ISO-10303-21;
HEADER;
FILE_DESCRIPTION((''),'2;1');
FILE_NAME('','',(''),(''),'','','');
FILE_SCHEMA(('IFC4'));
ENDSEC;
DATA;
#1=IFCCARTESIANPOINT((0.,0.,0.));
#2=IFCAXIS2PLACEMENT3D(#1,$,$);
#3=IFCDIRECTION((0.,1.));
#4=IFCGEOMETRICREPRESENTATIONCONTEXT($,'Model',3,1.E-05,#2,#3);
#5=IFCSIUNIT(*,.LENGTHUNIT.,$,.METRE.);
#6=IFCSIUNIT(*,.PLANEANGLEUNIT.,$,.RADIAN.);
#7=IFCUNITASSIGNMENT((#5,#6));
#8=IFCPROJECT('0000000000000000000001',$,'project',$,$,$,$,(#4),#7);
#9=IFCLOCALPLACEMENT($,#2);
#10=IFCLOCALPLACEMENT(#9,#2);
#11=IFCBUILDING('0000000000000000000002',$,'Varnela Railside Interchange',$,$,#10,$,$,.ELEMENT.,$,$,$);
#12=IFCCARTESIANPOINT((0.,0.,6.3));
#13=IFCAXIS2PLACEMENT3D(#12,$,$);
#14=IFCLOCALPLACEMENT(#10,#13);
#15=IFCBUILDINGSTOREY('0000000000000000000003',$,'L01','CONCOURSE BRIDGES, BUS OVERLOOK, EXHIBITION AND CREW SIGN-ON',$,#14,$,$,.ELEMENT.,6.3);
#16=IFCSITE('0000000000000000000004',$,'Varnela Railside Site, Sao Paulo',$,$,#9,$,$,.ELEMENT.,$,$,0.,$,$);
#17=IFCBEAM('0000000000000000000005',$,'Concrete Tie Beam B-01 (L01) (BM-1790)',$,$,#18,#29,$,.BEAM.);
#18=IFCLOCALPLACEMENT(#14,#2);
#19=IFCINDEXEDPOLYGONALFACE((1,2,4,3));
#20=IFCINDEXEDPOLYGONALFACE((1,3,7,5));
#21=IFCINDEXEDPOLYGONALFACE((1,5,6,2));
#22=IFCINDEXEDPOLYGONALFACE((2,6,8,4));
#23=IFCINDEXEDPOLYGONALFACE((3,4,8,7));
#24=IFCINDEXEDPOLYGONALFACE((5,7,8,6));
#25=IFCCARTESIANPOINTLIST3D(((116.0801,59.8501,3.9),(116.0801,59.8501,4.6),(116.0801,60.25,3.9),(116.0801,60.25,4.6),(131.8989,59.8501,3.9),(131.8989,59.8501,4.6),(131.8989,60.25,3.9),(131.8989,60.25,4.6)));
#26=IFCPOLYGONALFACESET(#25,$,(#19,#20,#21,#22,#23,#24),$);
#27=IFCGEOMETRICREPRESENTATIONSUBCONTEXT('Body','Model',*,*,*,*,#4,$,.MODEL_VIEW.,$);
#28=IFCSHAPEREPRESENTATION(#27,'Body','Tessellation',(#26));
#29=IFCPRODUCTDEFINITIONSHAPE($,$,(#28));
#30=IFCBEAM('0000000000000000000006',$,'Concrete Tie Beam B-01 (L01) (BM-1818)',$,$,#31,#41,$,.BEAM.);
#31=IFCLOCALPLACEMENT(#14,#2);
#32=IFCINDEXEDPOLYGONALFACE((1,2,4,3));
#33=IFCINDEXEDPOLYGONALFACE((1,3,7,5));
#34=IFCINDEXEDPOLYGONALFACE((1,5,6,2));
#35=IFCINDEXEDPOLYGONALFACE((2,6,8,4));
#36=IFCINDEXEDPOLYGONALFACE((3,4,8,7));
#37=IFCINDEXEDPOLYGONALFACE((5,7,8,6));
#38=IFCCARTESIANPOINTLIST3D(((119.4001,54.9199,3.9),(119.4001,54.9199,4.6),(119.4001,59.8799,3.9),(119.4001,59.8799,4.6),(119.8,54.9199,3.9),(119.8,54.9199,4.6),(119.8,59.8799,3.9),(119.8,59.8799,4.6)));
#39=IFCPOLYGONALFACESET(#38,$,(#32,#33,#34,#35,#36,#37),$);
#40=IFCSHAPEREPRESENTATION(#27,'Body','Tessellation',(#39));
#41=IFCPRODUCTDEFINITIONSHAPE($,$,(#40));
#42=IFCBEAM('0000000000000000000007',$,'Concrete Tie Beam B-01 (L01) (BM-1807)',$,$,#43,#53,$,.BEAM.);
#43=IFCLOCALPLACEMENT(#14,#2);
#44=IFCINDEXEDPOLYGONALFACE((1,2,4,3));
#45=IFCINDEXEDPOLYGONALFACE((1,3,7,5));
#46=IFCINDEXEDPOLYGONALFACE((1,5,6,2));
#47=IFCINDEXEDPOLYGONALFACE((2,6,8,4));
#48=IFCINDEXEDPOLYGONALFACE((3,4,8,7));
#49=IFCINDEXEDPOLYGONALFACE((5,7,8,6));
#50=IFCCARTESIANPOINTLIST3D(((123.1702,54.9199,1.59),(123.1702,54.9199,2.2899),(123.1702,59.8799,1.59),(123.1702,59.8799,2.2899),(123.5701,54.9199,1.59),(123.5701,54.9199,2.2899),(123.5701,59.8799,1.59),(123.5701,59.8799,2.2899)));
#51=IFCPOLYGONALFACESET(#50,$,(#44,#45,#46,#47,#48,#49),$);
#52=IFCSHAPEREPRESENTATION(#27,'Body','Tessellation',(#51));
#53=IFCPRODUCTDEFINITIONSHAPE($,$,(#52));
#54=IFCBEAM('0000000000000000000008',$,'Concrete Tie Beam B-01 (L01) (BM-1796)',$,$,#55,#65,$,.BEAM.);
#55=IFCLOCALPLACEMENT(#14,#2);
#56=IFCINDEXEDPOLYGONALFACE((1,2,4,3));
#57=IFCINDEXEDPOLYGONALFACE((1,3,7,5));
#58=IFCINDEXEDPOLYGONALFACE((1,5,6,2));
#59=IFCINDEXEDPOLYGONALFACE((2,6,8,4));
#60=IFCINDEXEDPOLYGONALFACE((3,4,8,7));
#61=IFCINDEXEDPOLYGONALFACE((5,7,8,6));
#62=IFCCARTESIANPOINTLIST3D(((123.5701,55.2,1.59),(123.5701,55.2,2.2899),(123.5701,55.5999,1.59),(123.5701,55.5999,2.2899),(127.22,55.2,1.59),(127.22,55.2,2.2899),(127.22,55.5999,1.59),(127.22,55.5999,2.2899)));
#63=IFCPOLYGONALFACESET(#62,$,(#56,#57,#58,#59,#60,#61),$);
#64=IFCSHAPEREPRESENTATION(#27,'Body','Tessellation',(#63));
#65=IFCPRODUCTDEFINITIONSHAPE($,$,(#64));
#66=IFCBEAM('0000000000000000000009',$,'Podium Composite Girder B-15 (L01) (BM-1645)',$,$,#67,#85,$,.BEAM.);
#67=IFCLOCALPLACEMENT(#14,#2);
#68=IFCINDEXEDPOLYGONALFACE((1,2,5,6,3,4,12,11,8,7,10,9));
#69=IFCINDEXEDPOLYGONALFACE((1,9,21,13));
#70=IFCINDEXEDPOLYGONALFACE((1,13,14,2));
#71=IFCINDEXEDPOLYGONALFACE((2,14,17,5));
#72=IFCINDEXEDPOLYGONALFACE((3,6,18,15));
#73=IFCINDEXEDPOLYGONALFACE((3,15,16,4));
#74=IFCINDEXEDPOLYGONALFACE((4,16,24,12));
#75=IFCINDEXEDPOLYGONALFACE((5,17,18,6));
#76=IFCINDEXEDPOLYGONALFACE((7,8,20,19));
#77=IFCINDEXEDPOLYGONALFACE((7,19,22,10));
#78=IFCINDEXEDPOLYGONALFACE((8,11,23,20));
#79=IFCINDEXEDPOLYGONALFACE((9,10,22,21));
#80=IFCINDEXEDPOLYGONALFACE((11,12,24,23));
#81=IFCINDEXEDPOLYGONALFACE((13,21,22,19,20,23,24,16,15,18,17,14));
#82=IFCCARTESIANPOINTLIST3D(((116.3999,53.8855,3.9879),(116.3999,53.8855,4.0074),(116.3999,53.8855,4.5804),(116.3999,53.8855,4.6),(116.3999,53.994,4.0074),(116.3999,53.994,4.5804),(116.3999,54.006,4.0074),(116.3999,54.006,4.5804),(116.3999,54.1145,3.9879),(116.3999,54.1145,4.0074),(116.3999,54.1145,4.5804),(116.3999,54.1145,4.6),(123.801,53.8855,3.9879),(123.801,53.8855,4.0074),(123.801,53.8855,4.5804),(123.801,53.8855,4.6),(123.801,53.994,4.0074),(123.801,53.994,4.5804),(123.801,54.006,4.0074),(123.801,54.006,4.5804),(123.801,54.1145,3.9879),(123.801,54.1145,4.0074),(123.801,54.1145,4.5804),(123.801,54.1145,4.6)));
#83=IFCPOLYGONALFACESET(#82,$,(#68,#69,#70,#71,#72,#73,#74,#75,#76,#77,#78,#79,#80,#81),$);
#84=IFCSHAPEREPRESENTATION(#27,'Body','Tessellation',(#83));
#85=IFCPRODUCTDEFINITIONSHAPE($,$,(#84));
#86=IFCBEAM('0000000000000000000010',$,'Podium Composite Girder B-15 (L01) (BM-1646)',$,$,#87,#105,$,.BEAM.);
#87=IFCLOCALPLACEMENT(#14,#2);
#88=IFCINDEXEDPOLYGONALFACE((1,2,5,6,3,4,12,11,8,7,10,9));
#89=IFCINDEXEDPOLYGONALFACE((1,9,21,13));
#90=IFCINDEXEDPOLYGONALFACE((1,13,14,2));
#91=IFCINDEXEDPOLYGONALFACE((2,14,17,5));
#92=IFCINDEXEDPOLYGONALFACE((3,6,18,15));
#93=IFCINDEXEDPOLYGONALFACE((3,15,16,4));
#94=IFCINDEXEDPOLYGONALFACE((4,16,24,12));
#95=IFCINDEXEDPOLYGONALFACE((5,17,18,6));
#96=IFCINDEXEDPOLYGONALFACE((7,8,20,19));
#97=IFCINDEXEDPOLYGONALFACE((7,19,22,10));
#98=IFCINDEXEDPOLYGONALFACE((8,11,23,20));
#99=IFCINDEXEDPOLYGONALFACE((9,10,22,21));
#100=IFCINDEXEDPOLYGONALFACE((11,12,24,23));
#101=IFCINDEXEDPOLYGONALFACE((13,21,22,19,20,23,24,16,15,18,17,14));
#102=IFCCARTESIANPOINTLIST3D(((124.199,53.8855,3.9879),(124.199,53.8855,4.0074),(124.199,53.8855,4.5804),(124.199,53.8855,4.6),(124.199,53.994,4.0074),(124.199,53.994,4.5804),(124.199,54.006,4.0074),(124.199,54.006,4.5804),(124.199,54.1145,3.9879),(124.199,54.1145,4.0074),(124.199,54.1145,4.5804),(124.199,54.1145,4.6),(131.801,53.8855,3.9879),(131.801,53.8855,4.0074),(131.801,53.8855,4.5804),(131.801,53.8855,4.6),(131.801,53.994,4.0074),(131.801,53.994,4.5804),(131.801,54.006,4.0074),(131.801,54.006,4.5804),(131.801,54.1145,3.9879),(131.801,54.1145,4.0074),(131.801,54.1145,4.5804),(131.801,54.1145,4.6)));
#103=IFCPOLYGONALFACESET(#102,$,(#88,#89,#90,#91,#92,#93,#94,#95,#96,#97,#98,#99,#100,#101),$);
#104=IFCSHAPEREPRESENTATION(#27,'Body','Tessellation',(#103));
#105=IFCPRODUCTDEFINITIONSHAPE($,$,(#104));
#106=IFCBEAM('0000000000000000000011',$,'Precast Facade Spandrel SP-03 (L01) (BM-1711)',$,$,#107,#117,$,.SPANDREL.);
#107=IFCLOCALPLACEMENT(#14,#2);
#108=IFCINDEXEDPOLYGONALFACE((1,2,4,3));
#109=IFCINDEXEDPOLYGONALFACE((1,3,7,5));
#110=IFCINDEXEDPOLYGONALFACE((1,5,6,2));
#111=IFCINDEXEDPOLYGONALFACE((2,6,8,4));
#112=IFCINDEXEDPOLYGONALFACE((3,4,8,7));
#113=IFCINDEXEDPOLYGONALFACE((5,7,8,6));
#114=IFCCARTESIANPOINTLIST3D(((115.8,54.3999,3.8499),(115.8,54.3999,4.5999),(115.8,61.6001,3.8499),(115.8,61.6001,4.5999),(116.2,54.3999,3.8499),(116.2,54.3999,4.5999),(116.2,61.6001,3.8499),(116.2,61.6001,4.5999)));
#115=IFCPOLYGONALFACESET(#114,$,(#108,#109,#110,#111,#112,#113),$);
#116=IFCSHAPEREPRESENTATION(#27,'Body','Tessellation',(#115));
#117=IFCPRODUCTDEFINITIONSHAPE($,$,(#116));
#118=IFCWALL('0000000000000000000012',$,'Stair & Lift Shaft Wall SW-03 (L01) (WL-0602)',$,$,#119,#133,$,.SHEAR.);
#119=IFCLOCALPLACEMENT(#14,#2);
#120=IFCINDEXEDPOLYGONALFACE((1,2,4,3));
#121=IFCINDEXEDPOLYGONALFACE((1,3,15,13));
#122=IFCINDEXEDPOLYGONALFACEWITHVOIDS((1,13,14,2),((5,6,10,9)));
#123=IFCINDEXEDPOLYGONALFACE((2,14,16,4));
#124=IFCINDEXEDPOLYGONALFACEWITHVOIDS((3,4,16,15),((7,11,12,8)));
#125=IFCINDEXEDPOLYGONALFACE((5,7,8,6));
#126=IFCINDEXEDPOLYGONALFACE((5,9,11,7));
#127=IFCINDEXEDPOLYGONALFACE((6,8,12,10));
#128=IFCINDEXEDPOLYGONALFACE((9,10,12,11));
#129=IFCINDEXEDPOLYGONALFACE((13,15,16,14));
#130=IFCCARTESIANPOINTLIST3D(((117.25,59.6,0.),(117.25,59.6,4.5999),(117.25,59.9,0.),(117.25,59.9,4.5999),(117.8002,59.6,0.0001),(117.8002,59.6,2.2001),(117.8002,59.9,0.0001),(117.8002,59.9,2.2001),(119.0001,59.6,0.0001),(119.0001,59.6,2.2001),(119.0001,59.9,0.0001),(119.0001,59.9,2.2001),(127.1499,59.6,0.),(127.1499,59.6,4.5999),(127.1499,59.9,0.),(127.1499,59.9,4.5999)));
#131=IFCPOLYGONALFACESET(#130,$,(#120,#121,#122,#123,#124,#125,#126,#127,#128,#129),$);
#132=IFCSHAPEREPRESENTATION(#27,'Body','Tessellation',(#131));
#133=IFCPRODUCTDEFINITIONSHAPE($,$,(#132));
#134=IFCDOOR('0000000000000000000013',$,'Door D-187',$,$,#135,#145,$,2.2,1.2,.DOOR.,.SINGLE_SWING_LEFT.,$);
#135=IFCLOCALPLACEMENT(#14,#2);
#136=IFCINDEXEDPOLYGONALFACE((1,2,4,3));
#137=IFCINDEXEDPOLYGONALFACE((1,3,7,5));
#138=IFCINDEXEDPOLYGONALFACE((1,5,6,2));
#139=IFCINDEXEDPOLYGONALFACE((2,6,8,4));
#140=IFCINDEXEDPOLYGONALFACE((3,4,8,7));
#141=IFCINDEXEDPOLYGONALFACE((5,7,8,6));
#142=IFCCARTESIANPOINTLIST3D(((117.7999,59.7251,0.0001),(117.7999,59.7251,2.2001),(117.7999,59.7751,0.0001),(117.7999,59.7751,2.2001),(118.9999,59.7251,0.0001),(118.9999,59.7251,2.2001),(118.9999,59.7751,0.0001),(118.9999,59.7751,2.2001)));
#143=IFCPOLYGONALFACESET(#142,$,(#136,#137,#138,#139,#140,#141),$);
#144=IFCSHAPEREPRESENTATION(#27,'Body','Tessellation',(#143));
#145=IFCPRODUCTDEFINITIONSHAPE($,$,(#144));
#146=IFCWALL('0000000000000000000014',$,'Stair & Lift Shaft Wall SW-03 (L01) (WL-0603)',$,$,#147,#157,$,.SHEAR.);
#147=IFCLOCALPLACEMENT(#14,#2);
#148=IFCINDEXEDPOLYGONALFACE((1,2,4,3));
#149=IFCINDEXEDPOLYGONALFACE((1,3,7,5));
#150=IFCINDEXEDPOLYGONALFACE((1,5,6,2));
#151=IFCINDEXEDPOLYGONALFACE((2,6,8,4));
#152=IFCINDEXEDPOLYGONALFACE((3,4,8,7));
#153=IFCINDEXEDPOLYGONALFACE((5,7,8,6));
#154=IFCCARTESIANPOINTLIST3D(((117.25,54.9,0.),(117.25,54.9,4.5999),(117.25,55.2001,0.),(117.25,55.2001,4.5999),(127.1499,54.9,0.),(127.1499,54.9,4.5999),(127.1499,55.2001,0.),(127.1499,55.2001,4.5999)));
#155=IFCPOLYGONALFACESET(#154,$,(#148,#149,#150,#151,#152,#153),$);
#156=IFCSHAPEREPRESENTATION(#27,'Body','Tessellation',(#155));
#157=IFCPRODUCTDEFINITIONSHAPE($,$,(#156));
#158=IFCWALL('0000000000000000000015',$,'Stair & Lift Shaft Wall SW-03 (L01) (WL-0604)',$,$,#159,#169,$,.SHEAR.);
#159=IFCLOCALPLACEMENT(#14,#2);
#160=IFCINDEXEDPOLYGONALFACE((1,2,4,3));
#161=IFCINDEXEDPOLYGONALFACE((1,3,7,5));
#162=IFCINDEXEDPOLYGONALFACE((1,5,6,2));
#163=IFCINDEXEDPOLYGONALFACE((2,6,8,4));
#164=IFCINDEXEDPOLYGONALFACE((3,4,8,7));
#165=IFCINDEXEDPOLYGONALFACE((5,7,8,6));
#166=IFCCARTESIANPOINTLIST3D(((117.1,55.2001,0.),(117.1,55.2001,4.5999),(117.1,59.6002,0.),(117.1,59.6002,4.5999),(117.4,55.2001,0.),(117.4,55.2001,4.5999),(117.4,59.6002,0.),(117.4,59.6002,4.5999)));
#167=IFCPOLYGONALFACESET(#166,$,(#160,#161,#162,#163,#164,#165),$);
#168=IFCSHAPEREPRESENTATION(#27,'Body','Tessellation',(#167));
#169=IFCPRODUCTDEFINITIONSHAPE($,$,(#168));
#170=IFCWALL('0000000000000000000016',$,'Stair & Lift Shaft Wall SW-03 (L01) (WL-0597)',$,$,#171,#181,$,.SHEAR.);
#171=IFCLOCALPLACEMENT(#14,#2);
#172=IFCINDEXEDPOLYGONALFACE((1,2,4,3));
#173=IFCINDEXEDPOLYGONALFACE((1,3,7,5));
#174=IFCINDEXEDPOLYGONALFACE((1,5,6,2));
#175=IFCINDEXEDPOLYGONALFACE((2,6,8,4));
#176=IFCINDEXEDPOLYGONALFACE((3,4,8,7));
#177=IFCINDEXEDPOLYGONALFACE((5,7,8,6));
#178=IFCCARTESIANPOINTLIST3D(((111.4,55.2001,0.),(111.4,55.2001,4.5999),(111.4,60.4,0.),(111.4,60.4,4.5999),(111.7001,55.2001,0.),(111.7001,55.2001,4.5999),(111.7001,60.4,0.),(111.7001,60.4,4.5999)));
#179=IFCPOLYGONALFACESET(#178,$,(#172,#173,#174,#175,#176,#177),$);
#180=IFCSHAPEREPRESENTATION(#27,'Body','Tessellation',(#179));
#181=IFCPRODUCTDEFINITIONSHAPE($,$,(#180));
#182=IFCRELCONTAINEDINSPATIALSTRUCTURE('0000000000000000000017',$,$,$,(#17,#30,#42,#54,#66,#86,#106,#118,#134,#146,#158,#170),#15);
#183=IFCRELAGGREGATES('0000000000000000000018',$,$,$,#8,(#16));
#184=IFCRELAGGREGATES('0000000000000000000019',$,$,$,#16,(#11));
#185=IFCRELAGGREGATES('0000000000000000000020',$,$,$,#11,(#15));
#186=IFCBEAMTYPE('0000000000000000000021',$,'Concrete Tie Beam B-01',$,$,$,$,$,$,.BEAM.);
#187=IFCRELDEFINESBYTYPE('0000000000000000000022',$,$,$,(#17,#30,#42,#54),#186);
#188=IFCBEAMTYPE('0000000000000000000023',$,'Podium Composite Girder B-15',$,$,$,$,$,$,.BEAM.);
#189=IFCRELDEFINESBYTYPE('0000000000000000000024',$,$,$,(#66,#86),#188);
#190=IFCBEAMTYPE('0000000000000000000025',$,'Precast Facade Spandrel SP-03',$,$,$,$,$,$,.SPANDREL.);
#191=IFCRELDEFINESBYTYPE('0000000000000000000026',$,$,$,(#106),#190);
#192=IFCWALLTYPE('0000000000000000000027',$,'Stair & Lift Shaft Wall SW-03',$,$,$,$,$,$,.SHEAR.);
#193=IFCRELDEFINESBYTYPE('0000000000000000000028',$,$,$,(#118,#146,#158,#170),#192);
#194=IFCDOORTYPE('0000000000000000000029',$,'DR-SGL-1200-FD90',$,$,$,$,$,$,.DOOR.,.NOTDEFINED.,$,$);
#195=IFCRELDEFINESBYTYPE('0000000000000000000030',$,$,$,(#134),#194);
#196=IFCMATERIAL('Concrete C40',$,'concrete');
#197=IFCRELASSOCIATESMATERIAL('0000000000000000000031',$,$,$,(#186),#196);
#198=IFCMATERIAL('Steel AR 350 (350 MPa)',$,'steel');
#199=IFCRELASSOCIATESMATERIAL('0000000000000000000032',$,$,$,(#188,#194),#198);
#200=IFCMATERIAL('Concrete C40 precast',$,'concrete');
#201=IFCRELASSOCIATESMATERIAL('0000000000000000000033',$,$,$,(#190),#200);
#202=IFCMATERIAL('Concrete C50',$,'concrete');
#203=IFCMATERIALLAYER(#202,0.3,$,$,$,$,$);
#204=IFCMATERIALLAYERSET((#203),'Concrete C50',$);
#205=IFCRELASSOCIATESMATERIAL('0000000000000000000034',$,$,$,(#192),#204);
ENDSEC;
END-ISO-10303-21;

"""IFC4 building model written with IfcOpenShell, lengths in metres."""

from ifc_helpers import new_model, si_unit, direction, frame, frame_2d, origin, origin_2d, place, context, subcontext, project, spatial, rectangle, i_section, extrude, material, layer, layer_set, material_profile, profile_set, type_object, element, fill, save


model = new_model("IFC4")

# Units and contexts
model_context = context("Model", 3, precision=1e-05, world=origin(), true_north=direction((0.0, 1.0)))
body_context = subcontext(model_context, "Body", "Model", "MODEL_VIEW")
ifc_project = project(units=[si_unit("LENGTHUNIT", "METRE"), si_unit("PLANEANGLEUNIT", "RADIAN")], contexts=[model_context])

# Site, building, storey
site_placement = place(None, origin())
site = spatial("IfcSite", under=ifc_project, at=site_placement, Name="Varnela Railside Site, Sao Paulo", CompositionType="ELEMENT", RefElevation=0.0)
building_placement = place(site_placement, origin())
building = spatial("IfcBuilding", under=site, at=building_placement, Name="Varnela Railside Interchange", CompositionType="ELEMENT")
storey_placement = place(building_placement, frame((0.0, 0.0, 6.3)))
storey = spatial("IfcBuildingStorey", under=building, at=storey_placement, Name="L01", Description="CONCOURSE BRIDGES, BUS OVERLOOK, EXHIBITION AND CREW SIGN-ON", CompositionType="ELEMENT", Elevation=6.3)

# Shared definitions
ifc_material_1 = material(Name="Concrete C50", Category="concrete")
ifc_material_2 = material(Name="Steel AR 350 (350 MPa)", Category="steel")

# Beams
ifc_material_3 = material(Name="Concrete C40", Category="concrete")
ifc_material_profile_1 = material_profile(ifc_material_3, rectangle(XDim=0.3999, YDim=0.7, at=origin_2d()), Name="RC 400x700")
ifc_profile_set_1 = profile_set([ifc_material_profile_1], Name="Concrete C40")
beam_type_1 = type_object("IfcBeamType", Name="Concrete Tie Beam B-01", PredefinedType="BEAM", material=ifc_profile_set_1)
beam_1_placement = place(storey_placement, frame((116.0801, 60.05, 4.25), z_axis=(1.0, 0.0, 0.0), x_axis=(0.0, 1.0, 0.0)))
element("IfcBeam", 1, at=beam_1_placement, inside=storey, type_object=beam_type_1, Name="Concrete Tie Beam B-01 (L01) (BM-1790)", PredefinedType="BEAM", context=body_context, shape_type="SweptSolid", body=[
    extrude(rectangle(XDim=0.3999, YDim=0.7, at=origin_2d()), origin(), (0.0, 0.0, 1.0), 15.8188),
])
for number, where, z_axis, x_axis, name in (
    (2, (119.6001, 54.9199, 4.25), (0.0, 1.0, 0.0), (-1.0, 0.0, 0.0), "Concrete Tie Beam B-01 (L01) (BM-1818)"),
    (3, (123.3701, 54.9199, 1.9399), (0.0, 1.0, 0.0), (-1.0, 0.0, 0.0), "Concrete Tie Beam B-01 (L01) (BM-1807)"),
):
    element("IfcBeam", number, at=place(storey_placement, frame(where, z_axis=z_axis, x_axis=x_axis)), inside=storey, type_object=beam_type_1, Name=name, PredefinedType="BEAM", context=body_context, shape_type="SweptSolid", body=[
        extrude(rectangle(XDim=0.3999, YDim=0.7, at=origin_2d()), origin(), (0.0, 0.0, 1.0), 4.96),
    ])
beam_2_placement = place(storey_placement, frame((123.5701, 55.3999, 1.9399), z_axis=(1.0, 0.0, 0.0), x_axis=(0.0, 1.0, 0.0)))
element("IfcBeam", 4, at=beam_2_placement, inside=storey, type_object=beam_type_1, Name="Concrete Tie Beam B-01 (L01) (BM-1796)", PredefinedType="BEAM", context=body_context, shape_type="SweptSolid", body=[
    extrude(rectangle(XDim=0.3999, YDim=0.7, at=origin_2d()), origin(), (0.0, 0.0, 1.0), 3.6499),
])
ifc_material_profile_2 = material_profile(ifc_material_2, i_section(OverallWidth=0.229, OverallDepth=0.6121, WebThickness=0.012, FlangeThickness=0.0195, at=origin_2d()), Name="W610x125")
ifc_profile_set_2 = profile_set([ifc_material_profile_2], Name="Steel AR 350 (350 MPa)")
beam_type_2 = type_object("IfcBeamType", Name="Podium Composite Girder B-15", PredefinedType="BEAM", material=ifc_profile_set_2)
beam_3_placement = place(storey_placement, frame((116.3999, 54.0, 4.2939), z_axis=(1.0, 0.0, 0.0), x_axis=(0.0, 1.0, 0.0)))
element("IfcBeam", 5, at=beam_3_placement, inside=storey, type_object=beam_type_2, Name="Podium Composite Girder B-15 (L01) (BM-1645)", PredefinedType="BEAM", context=body_context, shape_type="SweptSolid", body=[
    extrude(i_section(OverallWidth=0.229, OverallDepth=0.6121, WebThickness=0.012, FlangeThickness=0.0195, at=origin_2d()), origin(), (0.0, 0.0, 1.0), 7.4011),
])
beam_4_placement = place(storey_placement, frame((124.199, 54.0, 4.2939), z_axis=(1.0, 0.0, 0.0), x_axis=(0.0, 1.0, 0.0)))
element("IfcBeam", 6, at=beam_4_placement, inside=storey, type_object=beam_type_2, Name="Podium Composite Girder B-15 (L01) (BM-1646)", PredefinedType="BEAM", context=body_context, shape_type="SweptSolid", body=[
    extrude(i_section(OverallWidth=0.229, OverallDepth=0.6121, WebThickness=0.012, FlangeThickness=0.0195, at=origin_2d()), origin(), (0.0, 0.0, 1.0), 7.6021),
])
ifc_material_4 = material(Name="Concrete C40 precast", Category="concrete")
ifc_material_profile_3 = material_profile(ifc_material_4, rectangle(XDim=0.3999, YDim=0.75, at=origin_2d()), Name="PC 400x750")
ifc_profile_set_3 = profile_set([ifc_material_profile_3], Name="Concrete C40 precast")
beam_type_3 = type_object("IfcBeamType", Name="Precast Facade Spandrel SP-03", PredefinedType="SPANDREL", material=ifc_profile_set_3)
beam_5_placement = place(storey_placement, frame((116.0, 54.3999, 4.2249), z_axis=(0.0, 1.0, 0.0), x_axis=(-1.0, 0.0, 0.0)))
element("IfcBeam", 7, at=beam_5_placement, inside=storey, type_object=beam_type_3, Name="Precast Facade Spandrel SP-03 (L01) (BM-1711)", PredefinedType="SPANDREL", context=body_context, shape_type="SweptSolid", body=[
    extrude(rectangle(XDim=0.3999, YDim=0.75, at=origin_2d()), origin(), (0.0, 0.0, 1.0), 7.2002),
])

# Wall, opening, door
ifc_layer = layer(ifc_material_1, 0.3)
ifc_layer_set = layer_set([ifc_layer], Name="Concrete C50")
wall_type = type_object("IfcWallType", Name="Stair & Lift Shaft Wall SW-03", PredefinedType="SHEAR", material=ifc_layer_set)
wall_1_placement = place(storey_placement, frame((117.25, 59.75, 0.0), z_axis=(0.0, 0.0, 1.0), x_axis=(1.0, 0.0, 0.0)))
wall_1 = element("IfcWall", 8, at=wall_1_placement, inside=storey, type_object=wall_type, Name="Stair & Lift Shaft Wall SW-03 (L01) (WL-0602)", PredefinedType="SHEAR", context=body_context, shape_type="SweptSolid", body=[
    extrude(rectangle(XDim=9.8999, YDim=0.3, at=frame_2d((4.95, 0.0))), origin(), (0.0, 0.0, 1.0), 4.5999),
])
opening_placement = place(wall_1_placement, frame((0.55, 0.0, 0.0)))
opening = element("IfcOpeningElement", 9, at=opening_placement, cuts=wall_1, PredefinedType="OPENING", context=body_context, shape_type="SweptSolid", body=[
    extrude(rectangle(XDim=1.2, YDim=2.2, at=frame_2d((0.6001, 1.1001))), frame((0.0, 0.1599, 0.0), z_axis=(0.0, -1.0, 0.0), x_axis=(1.0, 0.0, 0.0)), (0.0, 0.0, 1.0), 0.3201),
])
door_type = type_object("IfcDoorType", Name="DR-SGL-1200-FD90", OperationType="NOTDEFINED", PredefinedType="DOOR", material=ifc_material_2)
door_placement = place(opening_placement, frame((1.2, 0.0, 0.0), z_axis=(0.0, 0.0, 1.0), x_axis=(-1.0, 0.0, 0.0)))
door = element("IfcDoor", 10, at=door_placement, inside=storey, type_object=door_type, Name="Door D-187", OperationType="SINGLE_SWING_LEFT", OverallHeight=2.2, OverallWidth=1.2, PredefinedType="DOOR", context=body_context, shape_type="SweptSolid", body=[
    extrude(rectangle(XDim=1.2, YDim=2.2, at=frame_2d((0.6001, 1.1001))), frame((0.0, 0.0249, 0.0), z_axis=(0.0, -1.0, 0.0), x_axis=(1.0, 0.0, 0.0)), (0.0, 0.0, 1.0), 0.05),
])
fill(opening, door)

# Walls
wall_2_placement = place(storey_placement, frame((117.25, 55.05, 0.0), z_axis=(0.0, 0.0, 1.0), x_axis=(1.0, 0.0, 0.0)))
element("IfcWall", 11, at=wall_2_placement, inside=storey, type_object=wall_type, Name="Stair & Lift Shaft Wall SW-03 (L01) (WL-0603)", PredefinedType="SHEAR", context=body_context, shape_type="SweptSolid", body=[
    extrude(rectangle(XDim=9.8999, YDim=0.3, at=frame_2d((4.95, 0.0))), origin(), (0.0, 0.0, 1.0), 4.5999),
])
wall_3_placement = place(storey_placement, frame((117.25, 55.2, 0.0), z_axis=(0.0, 0.0, 1.0), x_axis=(0.0, 1.0, 0.0)))
element("IfcWall", 12, at=wall_3_placement, inside=storey, type_object=wall_type, Name="Stair & Lift Shaft Wall SW-03 (L01) (WL-0604)", PredefinedType="SHEAR", context=body_context, shape_type="SweptSolid", body=[
    extrude(rectangle(XDim=4.4001, YDim=0.3, at=frame_2d((2.2002, 0.0))), origin(), (0.0, 0.0, 1.0), 4.5999),
])
wall_4_placement = place(storey_placement, frame((111.55, 55.2, 0.0), z_axis=(0.0, 0.0, 1.0), x_axis=(0.0, 1.0, 0.0)))
element("IfcWall", 13, at=wall_4_placement, inside=storey, type_object=wall_type, Name="Stair & Lift Shaft Wall SW-03 (L01) (WL-0597)", PredefinedType="SHEAR", context=body_context, shape_type="SweptSolid", body=[
    extrude(rectangle(XDim=5.2, YDim=0.3, at=frame_2d((2.6001, 0.0))), origin(), (0.0, 0.0, 1.0), 4.5999),
])

save(model, "model.ifc")
